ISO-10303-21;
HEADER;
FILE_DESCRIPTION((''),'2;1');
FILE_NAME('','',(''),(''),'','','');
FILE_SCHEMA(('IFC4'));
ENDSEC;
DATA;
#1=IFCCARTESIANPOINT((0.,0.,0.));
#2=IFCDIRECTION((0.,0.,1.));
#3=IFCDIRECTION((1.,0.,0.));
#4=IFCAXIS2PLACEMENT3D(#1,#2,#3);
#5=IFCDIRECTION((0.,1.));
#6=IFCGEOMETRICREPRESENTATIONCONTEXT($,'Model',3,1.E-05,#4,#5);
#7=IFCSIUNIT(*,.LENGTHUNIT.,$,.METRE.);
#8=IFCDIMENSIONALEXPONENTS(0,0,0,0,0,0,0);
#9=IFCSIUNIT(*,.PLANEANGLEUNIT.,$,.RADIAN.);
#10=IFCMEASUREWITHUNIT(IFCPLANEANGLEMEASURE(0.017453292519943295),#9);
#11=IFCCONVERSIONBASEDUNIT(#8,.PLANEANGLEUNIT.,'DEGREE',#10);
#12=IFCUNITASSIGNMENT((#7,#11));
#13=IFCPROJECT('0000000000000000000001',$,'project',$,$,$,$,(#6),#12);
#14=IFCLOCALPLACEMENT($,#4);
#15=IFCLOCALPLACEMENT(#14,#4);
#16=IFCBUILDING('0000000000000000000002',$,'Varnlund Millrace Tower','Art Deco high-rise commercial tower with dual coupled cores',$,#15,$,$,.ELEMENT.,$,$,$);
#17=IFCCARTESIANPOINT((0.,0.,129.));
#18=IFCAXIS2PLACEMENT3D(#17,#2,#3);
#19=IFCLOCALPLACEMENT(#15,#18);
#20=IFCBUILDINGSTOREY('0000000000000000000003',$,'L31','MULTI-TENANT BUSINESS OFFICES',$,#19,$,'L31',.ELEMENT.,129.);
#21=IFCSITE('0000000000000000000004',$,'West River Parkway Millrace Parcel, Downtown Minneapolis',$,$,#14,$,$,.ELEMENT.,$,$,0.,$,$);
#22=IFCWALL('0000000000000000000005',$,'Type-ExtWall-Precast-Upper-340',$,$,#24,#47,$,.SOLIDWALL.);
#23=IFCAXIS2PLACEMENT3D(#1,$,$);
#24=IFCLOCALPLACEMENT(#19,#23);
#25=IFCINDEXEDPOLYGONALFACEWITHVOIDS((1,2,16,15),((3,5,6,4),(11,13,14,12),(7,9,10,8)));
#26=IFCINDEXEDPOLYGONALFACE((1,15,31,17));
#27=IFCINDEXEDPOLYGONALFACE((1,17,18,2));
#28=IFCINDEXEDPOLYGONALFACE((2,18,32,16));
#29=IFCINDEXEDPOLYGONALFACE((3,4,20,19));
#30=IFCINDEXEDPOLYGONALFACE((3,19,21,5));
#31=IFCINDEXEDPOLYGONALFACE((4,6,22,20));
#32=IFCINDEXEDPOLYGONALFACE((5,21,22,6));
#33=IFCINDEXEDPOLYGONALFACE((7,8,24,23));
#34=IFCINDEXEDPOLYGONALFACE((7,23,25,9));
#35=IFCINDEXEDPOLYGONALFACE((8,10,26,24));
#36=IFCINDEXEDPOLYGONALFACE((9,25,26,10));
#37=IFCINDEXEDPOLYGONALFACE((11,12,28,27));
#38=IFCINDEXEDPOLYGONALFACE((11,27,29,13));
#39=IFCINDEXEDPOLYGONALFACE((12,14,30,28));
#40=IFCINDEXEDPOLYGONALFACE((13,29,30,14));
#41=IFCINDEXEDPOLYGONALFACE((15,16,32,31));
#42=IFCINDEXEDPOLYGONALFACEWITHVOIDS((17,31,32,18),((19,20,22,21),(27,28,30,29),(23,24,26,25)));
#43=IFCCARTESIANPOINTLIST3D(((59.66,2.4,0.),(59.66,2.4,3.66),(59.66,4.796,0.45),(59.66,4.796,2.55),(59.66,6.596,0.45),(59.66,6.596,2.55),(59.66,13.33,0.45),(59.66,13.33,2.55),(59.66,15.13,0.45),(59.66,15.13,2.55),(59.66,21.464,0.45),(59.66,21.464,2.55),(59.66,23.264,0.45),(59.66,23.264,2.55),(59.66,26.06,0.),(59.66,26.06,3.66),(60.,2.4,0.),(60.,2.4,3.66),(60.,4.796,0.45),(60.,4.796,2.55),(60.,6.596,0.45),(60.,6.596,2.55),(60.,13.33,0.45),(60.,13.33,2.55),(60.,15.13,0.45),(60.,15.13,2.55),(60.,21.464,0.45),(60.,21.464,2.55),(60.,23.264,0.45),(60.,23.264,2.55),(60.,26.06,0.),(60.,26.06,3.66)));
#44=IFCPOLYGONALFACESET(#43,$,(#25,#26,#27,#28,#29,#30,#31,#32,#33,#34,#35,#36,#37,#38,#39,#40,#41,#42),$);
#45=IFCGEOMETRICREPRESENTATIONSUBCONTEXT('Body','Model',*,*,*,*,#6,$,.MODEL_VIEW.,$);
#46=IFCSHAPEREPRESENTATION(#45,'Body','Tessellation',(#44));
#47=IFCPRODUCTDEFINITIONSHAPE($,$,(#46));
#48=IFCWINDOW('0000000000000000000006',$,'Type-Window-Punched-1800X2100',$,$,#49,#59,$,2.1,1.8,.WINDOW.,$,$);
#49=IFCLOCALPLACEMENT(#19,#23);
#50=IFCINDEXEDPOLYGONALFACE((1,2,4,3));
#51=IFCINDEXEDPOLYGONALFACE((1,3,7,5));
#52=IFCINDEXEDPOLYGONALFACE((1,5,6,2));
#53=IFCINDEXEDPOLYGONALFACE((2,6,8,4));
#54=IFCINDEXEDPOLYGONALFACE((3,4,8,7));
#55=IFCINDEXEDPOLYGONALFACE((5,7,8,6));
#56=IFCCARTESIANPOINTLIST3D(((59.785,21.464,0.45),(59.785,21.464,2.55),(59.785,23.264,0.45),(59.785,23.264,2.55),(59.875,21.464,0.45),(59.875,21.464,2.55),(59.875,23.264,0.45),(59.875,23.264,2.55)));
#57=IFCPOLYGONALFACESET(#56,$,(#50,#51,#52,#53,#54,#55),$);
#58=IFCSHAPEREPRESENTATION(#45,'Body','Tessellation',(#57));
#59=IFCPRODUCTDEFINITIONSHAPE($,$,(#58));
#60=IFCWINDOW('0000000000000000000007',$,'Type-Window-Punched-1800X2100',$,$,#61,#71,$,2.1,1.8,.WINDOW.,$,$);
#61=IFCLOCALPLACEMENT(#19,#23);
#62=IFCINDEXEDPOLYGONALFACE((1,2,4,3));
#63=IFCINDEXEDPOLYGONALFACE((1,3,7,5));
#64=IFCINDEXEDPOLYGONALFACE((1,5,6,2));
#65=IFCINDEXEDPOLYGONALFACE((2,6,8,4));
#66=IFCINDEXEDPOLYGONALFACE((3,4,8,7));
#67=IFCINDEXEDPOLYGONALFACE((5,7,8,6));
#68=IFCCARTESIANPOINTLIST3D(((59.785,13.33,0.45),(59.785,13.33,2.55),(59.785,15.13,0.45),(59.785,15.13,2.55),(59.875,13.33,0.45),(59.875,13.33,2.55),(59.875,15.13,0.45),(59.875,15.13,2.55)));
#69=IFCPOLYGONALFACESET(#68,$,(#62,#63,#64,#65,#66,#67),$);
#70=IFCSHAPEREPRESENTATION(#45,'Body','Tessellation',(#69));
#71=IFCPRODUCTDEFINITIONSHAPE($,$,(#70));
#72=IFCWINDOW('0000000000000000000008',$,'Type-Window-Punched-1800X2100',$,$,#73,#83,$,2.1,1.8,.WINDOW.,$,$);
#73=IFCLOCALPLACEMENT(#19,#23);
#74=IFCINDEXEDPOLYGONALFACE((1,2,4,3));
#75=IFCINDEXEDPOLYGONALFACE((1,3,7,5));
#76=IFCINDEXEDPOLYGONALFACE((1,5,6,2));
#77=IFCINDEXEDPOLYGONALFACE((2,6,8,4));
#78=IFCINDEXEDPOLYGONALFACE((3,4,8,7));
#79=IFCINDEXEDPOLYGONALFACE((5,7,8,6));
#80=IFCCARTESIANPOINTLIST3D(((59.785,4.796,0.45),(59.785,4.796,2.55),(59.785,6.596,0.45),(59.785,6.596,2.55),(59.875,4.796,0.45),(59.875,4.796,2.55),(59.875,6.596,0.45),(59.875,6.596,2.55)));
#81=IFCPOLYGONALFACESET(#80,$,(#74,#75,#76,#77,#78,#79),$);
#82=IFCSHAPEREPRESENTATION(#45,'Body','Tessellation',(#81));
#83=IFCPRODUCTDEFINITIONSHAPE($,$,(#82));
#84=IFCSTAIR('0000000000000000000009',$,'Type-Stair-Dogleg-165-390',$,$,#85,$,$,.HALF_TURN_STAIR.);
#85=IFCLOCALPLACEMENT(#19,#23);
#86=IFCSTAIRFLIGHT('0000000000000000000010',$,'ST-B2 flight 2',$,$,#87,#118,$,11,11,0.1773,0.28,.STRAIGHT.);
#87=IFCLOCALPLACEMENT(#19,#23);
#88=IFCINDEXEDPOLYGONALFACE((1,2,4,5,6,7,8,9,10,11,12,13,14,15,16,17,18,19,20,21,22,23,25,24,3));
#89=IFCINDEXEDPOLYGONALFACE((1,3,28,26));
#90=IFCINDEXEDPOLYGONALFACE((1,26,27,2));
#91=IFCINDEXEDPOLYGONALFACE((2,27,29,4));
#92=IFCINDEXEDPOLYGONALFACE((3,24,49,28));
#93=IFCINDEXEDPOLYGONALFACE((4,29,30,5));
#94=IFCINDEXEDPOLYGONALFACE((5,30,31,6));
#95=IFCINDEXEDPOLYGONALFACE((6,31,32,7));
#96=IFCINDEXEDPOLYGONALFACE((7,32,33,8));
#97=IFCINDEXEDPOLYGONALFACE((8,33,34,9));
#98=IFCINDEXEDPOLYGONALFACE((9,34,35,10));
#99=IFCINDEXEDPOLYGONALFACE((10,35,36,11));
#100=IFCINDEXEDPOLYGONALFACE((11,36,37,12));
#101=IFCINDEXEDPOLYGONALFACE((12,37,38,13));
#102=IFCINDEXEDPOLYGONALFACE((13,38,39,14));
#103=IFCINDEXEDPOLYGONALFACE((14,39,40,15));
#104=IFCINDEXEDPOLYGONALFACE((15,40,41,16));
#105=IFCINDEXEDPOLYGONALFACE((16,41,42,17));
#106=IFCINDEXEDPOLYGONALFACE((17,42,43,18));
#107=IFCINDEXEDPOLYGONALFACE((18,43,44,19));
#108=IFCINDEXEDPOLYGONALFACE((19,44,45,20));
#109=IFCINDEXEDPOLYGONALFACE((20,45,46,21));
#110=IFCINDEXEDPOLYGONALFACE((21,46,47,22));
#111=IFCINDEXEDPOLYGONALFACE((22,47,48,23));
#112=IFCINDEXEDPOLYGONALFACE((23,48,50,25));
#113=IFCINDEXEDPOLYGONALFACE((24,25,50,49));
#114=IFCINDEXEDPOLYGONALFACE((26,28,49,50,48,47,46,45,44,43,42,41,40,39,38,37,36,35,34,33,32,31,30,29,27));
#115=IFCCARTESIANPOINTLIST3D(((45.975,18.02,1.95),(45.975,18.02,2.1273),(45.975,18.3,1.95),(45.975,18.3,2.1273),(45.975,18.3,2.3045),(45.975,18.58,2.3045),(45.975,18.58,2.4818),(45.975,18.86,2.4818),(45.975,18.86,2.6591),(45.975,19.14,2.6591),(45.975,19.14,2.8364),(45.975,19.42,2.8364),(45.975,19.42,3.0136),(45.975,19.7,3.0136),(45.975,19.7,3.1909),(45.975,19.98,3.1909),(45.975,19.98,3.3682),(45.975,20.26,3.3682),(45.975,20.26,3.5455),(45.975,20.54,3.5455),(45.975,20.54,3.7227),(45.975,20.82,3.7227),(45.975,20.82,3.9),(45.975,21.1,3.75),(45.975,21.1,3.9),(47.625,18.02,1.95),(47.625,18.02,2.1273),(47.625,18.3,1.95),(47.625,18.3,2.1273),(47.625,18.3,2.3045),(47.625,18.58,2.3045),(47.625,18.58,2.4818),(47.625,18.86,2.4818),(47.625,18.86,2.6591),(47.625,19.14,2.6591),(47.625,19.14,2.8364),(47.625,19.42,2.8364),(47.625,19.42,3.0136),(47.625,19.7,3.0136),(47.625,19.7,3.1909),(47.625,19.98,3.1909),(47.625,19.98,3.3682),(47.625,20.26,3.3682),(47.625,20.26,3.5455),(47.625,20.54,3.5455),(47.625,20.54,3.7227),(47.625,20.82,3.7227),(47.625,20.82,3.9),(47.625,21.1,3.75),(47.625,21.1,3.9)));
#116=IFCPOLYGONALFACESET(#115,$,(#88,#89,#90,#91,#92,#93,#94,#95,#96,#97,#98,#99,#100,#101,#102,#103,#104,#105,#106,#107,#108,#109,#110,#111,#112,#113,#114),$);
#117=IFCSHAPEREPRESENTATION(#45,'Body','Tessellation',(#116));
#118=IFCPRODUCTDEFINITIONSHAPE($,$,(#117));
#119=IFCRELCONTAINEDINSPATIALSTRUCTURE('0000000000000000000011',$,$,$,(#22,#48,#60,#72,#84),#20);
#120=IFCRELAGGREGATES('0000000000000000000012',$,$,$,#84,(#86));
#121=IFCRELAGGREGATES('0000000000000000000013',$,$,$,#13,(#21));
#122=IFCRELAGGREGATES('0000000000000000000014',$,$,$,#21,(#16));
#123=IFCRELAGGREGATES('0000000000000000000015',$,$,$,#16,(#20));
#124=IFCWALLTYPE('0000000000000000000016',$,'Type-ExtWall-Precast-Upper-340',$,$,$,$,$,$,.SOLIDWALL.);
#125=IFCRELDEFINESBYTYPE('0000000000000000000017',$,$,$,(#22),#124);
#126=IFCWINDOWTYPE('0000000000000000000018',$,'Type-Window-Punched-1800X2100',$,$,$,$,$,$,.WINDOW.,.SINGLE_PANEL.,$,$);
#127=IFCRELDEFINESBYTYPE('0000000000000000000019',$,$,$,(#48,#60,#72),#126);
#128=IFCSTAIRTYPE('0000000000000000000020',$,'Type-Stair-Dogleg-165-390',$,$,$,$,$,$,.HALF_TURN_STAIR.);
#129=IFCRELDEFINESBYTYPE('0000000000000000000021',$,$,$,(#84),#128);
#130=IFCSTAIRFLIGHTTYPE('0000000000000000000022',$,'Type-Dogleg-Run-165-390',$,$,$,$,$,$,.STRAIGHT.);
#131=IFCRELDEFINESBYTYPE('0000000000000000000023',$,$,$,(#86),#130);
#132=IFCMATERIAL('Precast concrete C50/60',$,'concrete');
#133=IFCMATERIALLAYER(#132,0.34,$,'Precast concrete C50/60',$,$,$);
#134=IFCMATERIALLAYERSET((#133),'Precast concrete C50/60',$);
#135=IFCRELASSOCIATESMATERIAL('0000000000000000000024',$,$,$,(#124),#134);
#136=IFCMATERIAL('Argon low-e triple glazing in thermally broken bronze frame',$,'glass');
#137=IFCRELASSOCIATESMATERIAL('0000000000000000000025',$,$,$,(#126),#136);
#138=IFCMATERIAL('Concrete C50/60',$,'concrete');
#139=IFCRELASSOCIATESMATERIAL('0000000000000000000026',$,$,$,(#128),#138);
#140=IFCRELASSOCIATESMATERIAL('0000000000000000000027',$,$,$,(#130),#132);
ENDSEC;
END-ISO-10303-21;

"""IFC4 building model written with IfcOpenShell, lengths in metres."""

from ifc_helpers import new_model, entity, si_unit, converted_unit, direction, frame, origin_with_axes, origin_2d_with_axis, place, context, subcontext, project, spatial, polyline, rectangle, outline, extrude, material, layer, layer_set, type_object, element, fill, aggregate, save


model = new_model("IFC4")

# Units and contexts
model_context = context("Model", 3, precision=1e-05, world=origin_with_axes(), true_north=direction((0.0, 1.0)))
body_context = subcontext(model_context, "Body", "Model", "MODEL_VIEW")
ifc_project = project(units=[si_unit("LENGTHUNIT", "METRE"), converted_unit("PLANEANGLEUNIT", "DEGREE", entity("IfcPlaneAngleMeasure", 0.017453292519943295), si_unit("PLANEANGLEUNIT", "RADIAN"), dimensions=[0, 0, 0, 0, 0, 0, 0])], contexts=[model_context])

# Site, building, storey
site_placement = place(None, origin_with_axes())
site = spatial("IfcSite", under=ifc_project, at=site_placement, Name="West River Parkway Millrace Parcel, Downtown Minneapolis", CompositionType="ELEMENT", RefElevation=0.0)
building_placement = place(site_placement, origin_with_axes())
building = spatial("IfcBuilding", under=site, at=building_placement, Name="Varnlund Millrace Tower", Description="Art Deco high-rise commercial tower with dual coupled cores", CompositionType="ELEMENT")
storey_placement = place(building_placement, frame((0.0, 0.0, 129.0), z_axis=(0.0, 0.0, 1.0), x_axis=(1.0, 0.0, 0.0)))
storey = spatial("IfcBuildingStorey", under=building, at=storey_placement, Name="L31", Description="MULTI-TENANT BUSINESS OFFICES", LongName="L31", CompositionType="ELEMENT", Elevation=129.0)

# Shared definitions
ifc_material_1 = material(Name="Precast concrete C50/60", Category="concrete")
ifc_layer = layer(ifc_material_1, 0.34, Name="Precast concrete C50/60")
ifc_layer_set = layer_set([ifc_layer], Name="Precast concrete C50/60")
wall_type = type_object("IfcWallType", Name="Type-ExtWall-Precast-Upper-340", PredefinedType="SOLIDWALL", material=ifc_layer_set)

# Wall, openings, windows
wall_1_placement = place(storey_placement, frame((59.83, 26.06, 0.0), z_axis=(0.0, 0.0, 1.0), x_axis=(0.0, -1.0, 0.0)))
wall_1 = element("IfcWall", 1, at=wall_1_placement, inside=storey, type_object=wall_type, Name="Type-ExtWall-Precast-Upper-340", PredefinedType="SOLIDWALL", context=body_context, shape_type="SweptSolid", body=[
    extrude(outline(polyline([(0.0, -0.17), (23.66, -0.17), (23.66, 0.17), (0.0, 0.17), (0.0, -0.17)])), origin_with_axes(), (0.0, 0.0, 1.0), 3.66),
])
opening_1_placement = place(wall_1_placement, frame((3.696, 0.0, 0.45), z_axis=(0.0, 0.0, 1.0), x_axis=(1.0, 0.0, 0.0)))
opening_1 = element("IfcOpeningElement", 2, at=opening_1_placement, cuts=wall_1, PredefinedType="OPENING", context=body_context, shape_type="SweptSolid", body=[
    extrude(rectangle(XDim=1.8, YDim=0.36, at=origin_2d_with_axis()), origin_with_axes(), (0.0, 0.0, 1.0), 2.1),
])
opening_2_placement = place(wall_1_placement, frame((11.83, 0.0, 0.45), z_axis=(0.0, 0.0, 1.0), x_axis=(1.0, 0.0, 0.0)))
opening_2 = element("IfcOpeningElement", 3, at=opening_2_placement, cuts=wall_1, PredefinedType="OPENING", context=body_context, shape_type="SweptSolid", body=[
    extrude(rectangle(XDim=1.8, YDim=0.36, at=origin_2d_with_axis()), origin_with_axes(), (0.0, 0.0, 1.0), 2.1),
])
opening_3_placement = place(wall_1_placement, frame((20.364, 0.0, 0.45), z_axis=(0.0, 0.0, 1.0), x_axis=(1.0, 0.0, 0.0)))
opening_3 = element("IfcOpeningElement", 4, at=opening_3_placement, cuts=wall_1, PredefinedType="OPENING", context=body_context, shape_type="SweptSolid", body=[
    extrude(rectangle(XDim=1.8, YDim=0.36, at=origin_2d_with_axis()), origin_with_axes(), (0.0, 0.0, 1.0), 2.1),
])
ifc_material_2 = material(Name="Argon low-e triple glazing in thermally broken bronze frame", Category="glass")
window_type = type_object("IfcWindowType", Name="Type-Window-Punched-1800X2100", PartitioningType="SINGLE_PANEL", PredefinedType="WINDOW", material=ifc_material_2)
window_1_placement = place(wall_1_placement, frame((3.696, 0.0, 0.45), z_axis=(0.0, 0.0, 1.0), x_axis=(1.0, 0.0, 0.0)))
window_1 = element("IfcWindow", 5, at=window_1_placement, inside=storey, type_object=window_type, Name="Type-Window-Punched-1800X2100", OverallHeight=2.1, OverallWidth=1.8, PredefinedType="WINDOW", context=body_context, shape_type="SweptSolid", body=[
    extrude(rectangle(XDim=1.8, YDim=0.09, at=origin_2d_with_axis()), origin_with_axes(), (0.0, 0.0, 1.0), 2.1),
])
fill(opening_1, window_1)
window_2_placement = place(wall_1_placement, frame((11.83, 0.0, 0.45), z_axis=(0.0, 0.0, 1.0), x_axis=(1.0, 0.0, 0.0)))
window_2 = element("IfcWindow", 6, at=window_2_placement, inside=storey, type_object=window_type, Name="Type-Window-Punched-1800X2100", OverallHeight=2.1, OverallWidth=1.8, PredefinedType="WINDOW", context=body_context, shape_type="SweptSolid", body=[
    extrude(rectangle(XDim=1.8, YDim=0.09, at=origin_2d_with_axis()), origin_with_axes(), (0.0, 0.0, 1.0), 2.1),
])
fill(opening_2, window_2)
window_3_placement = place(wall_1_placement, frame((20.364, 0.0, 0.45), z_axis=(0.0, 0.0, 1.0), x_axis=(1.0, 0.0, 0.0)))
window_3 = element("IfcWindow", 7, at=window_3_placement, inside=storey, type_object=window_type, Name="Type-Window-Punched-1800X2100", OverallHeight=2.1, OverallWidth=1.8, PredefinedType="WINDOW", context=body_context, shape_type="SweptSolid", body=[
    extrude(rectangle(XDim=1.8, YDim=0.09, at=origin_2d_with_axis()), origin_with_axes(), (0.0, 0.0, 1.0), 2.1),
])
fill(opening_3, window_3)

# Stair, stair flight
ifc_material_3 = material(Name="Concrete C50/60", Category="concrete")
stair_type = type_object("IfcStairType", Name="Type-Stair-Dogleg-165-390", PredefinedType="HALF_TURN_STAIR", material=ifc_material_3)
stair_placement = place(storey_placement, origin_with_axes())
stair = element("IfcStair", 8, at=stair_placement, inside=storey, type_object=stair_type, Name="Type-Stair-Dogleg-165-390", PredefinedType="HALF_TURN_STAIR")
stair_flight_type = type_object("IfcStairFlightType", Name="Type-Dogleg-Run-165-390", PredefinedType="STRAIGHT", material=ifc_material_1)
stair_flight_placement = place(storey_placement, frame((45.975, 18.02, 1.95), z_axis=(1.0, 0.0, 0.0), x_axis=(0.0, 1.0, 0.0)))
stair_flight = element("IfcStairFlight", 9, at=stair_flight_placement, type_object=stair_flight_type, Name="ST-B2 flight 2", NumberOfRisers=11, NumberOfTreads=11, PredefinedType="STRAIGHT", RiserHeight=0.1773, TreadLength=0.28, context=body_context, shape_type="SweptSolid", body=[
    extrude(outline(polyline([(0.0, 0.0), (0.0, 0.1773), (0.28, 0.1773), (0.28, 0.3545), (0.56, 0.3545), (0.56, 0.5318), (0.84, 0.5318), (0.84, 0.7091), (1.12, 0.7091), (1.12, 0.8864), (1.4, 0.8864), (1.4, 1.0636), (1.68, 1.0636), (1.68, 1.2409), (1.96, 1.2409), (1.96, 1.4182), (2.24, 1.4182), (2.24, 1.5955), (2.52, 1.5955), (2.52, 1.7727), (2.8, 1.7727), (2.8, 1.95), (3.08, 1.95), (3.08, 1.8), (0.28, 0.0), (0.0, 0.0)])), origin_with_axes(), (0.0, 0.0, 1.0), 1.65),
])
aggregate(stair, [stair_flight])

save(model, "model.ifc")
